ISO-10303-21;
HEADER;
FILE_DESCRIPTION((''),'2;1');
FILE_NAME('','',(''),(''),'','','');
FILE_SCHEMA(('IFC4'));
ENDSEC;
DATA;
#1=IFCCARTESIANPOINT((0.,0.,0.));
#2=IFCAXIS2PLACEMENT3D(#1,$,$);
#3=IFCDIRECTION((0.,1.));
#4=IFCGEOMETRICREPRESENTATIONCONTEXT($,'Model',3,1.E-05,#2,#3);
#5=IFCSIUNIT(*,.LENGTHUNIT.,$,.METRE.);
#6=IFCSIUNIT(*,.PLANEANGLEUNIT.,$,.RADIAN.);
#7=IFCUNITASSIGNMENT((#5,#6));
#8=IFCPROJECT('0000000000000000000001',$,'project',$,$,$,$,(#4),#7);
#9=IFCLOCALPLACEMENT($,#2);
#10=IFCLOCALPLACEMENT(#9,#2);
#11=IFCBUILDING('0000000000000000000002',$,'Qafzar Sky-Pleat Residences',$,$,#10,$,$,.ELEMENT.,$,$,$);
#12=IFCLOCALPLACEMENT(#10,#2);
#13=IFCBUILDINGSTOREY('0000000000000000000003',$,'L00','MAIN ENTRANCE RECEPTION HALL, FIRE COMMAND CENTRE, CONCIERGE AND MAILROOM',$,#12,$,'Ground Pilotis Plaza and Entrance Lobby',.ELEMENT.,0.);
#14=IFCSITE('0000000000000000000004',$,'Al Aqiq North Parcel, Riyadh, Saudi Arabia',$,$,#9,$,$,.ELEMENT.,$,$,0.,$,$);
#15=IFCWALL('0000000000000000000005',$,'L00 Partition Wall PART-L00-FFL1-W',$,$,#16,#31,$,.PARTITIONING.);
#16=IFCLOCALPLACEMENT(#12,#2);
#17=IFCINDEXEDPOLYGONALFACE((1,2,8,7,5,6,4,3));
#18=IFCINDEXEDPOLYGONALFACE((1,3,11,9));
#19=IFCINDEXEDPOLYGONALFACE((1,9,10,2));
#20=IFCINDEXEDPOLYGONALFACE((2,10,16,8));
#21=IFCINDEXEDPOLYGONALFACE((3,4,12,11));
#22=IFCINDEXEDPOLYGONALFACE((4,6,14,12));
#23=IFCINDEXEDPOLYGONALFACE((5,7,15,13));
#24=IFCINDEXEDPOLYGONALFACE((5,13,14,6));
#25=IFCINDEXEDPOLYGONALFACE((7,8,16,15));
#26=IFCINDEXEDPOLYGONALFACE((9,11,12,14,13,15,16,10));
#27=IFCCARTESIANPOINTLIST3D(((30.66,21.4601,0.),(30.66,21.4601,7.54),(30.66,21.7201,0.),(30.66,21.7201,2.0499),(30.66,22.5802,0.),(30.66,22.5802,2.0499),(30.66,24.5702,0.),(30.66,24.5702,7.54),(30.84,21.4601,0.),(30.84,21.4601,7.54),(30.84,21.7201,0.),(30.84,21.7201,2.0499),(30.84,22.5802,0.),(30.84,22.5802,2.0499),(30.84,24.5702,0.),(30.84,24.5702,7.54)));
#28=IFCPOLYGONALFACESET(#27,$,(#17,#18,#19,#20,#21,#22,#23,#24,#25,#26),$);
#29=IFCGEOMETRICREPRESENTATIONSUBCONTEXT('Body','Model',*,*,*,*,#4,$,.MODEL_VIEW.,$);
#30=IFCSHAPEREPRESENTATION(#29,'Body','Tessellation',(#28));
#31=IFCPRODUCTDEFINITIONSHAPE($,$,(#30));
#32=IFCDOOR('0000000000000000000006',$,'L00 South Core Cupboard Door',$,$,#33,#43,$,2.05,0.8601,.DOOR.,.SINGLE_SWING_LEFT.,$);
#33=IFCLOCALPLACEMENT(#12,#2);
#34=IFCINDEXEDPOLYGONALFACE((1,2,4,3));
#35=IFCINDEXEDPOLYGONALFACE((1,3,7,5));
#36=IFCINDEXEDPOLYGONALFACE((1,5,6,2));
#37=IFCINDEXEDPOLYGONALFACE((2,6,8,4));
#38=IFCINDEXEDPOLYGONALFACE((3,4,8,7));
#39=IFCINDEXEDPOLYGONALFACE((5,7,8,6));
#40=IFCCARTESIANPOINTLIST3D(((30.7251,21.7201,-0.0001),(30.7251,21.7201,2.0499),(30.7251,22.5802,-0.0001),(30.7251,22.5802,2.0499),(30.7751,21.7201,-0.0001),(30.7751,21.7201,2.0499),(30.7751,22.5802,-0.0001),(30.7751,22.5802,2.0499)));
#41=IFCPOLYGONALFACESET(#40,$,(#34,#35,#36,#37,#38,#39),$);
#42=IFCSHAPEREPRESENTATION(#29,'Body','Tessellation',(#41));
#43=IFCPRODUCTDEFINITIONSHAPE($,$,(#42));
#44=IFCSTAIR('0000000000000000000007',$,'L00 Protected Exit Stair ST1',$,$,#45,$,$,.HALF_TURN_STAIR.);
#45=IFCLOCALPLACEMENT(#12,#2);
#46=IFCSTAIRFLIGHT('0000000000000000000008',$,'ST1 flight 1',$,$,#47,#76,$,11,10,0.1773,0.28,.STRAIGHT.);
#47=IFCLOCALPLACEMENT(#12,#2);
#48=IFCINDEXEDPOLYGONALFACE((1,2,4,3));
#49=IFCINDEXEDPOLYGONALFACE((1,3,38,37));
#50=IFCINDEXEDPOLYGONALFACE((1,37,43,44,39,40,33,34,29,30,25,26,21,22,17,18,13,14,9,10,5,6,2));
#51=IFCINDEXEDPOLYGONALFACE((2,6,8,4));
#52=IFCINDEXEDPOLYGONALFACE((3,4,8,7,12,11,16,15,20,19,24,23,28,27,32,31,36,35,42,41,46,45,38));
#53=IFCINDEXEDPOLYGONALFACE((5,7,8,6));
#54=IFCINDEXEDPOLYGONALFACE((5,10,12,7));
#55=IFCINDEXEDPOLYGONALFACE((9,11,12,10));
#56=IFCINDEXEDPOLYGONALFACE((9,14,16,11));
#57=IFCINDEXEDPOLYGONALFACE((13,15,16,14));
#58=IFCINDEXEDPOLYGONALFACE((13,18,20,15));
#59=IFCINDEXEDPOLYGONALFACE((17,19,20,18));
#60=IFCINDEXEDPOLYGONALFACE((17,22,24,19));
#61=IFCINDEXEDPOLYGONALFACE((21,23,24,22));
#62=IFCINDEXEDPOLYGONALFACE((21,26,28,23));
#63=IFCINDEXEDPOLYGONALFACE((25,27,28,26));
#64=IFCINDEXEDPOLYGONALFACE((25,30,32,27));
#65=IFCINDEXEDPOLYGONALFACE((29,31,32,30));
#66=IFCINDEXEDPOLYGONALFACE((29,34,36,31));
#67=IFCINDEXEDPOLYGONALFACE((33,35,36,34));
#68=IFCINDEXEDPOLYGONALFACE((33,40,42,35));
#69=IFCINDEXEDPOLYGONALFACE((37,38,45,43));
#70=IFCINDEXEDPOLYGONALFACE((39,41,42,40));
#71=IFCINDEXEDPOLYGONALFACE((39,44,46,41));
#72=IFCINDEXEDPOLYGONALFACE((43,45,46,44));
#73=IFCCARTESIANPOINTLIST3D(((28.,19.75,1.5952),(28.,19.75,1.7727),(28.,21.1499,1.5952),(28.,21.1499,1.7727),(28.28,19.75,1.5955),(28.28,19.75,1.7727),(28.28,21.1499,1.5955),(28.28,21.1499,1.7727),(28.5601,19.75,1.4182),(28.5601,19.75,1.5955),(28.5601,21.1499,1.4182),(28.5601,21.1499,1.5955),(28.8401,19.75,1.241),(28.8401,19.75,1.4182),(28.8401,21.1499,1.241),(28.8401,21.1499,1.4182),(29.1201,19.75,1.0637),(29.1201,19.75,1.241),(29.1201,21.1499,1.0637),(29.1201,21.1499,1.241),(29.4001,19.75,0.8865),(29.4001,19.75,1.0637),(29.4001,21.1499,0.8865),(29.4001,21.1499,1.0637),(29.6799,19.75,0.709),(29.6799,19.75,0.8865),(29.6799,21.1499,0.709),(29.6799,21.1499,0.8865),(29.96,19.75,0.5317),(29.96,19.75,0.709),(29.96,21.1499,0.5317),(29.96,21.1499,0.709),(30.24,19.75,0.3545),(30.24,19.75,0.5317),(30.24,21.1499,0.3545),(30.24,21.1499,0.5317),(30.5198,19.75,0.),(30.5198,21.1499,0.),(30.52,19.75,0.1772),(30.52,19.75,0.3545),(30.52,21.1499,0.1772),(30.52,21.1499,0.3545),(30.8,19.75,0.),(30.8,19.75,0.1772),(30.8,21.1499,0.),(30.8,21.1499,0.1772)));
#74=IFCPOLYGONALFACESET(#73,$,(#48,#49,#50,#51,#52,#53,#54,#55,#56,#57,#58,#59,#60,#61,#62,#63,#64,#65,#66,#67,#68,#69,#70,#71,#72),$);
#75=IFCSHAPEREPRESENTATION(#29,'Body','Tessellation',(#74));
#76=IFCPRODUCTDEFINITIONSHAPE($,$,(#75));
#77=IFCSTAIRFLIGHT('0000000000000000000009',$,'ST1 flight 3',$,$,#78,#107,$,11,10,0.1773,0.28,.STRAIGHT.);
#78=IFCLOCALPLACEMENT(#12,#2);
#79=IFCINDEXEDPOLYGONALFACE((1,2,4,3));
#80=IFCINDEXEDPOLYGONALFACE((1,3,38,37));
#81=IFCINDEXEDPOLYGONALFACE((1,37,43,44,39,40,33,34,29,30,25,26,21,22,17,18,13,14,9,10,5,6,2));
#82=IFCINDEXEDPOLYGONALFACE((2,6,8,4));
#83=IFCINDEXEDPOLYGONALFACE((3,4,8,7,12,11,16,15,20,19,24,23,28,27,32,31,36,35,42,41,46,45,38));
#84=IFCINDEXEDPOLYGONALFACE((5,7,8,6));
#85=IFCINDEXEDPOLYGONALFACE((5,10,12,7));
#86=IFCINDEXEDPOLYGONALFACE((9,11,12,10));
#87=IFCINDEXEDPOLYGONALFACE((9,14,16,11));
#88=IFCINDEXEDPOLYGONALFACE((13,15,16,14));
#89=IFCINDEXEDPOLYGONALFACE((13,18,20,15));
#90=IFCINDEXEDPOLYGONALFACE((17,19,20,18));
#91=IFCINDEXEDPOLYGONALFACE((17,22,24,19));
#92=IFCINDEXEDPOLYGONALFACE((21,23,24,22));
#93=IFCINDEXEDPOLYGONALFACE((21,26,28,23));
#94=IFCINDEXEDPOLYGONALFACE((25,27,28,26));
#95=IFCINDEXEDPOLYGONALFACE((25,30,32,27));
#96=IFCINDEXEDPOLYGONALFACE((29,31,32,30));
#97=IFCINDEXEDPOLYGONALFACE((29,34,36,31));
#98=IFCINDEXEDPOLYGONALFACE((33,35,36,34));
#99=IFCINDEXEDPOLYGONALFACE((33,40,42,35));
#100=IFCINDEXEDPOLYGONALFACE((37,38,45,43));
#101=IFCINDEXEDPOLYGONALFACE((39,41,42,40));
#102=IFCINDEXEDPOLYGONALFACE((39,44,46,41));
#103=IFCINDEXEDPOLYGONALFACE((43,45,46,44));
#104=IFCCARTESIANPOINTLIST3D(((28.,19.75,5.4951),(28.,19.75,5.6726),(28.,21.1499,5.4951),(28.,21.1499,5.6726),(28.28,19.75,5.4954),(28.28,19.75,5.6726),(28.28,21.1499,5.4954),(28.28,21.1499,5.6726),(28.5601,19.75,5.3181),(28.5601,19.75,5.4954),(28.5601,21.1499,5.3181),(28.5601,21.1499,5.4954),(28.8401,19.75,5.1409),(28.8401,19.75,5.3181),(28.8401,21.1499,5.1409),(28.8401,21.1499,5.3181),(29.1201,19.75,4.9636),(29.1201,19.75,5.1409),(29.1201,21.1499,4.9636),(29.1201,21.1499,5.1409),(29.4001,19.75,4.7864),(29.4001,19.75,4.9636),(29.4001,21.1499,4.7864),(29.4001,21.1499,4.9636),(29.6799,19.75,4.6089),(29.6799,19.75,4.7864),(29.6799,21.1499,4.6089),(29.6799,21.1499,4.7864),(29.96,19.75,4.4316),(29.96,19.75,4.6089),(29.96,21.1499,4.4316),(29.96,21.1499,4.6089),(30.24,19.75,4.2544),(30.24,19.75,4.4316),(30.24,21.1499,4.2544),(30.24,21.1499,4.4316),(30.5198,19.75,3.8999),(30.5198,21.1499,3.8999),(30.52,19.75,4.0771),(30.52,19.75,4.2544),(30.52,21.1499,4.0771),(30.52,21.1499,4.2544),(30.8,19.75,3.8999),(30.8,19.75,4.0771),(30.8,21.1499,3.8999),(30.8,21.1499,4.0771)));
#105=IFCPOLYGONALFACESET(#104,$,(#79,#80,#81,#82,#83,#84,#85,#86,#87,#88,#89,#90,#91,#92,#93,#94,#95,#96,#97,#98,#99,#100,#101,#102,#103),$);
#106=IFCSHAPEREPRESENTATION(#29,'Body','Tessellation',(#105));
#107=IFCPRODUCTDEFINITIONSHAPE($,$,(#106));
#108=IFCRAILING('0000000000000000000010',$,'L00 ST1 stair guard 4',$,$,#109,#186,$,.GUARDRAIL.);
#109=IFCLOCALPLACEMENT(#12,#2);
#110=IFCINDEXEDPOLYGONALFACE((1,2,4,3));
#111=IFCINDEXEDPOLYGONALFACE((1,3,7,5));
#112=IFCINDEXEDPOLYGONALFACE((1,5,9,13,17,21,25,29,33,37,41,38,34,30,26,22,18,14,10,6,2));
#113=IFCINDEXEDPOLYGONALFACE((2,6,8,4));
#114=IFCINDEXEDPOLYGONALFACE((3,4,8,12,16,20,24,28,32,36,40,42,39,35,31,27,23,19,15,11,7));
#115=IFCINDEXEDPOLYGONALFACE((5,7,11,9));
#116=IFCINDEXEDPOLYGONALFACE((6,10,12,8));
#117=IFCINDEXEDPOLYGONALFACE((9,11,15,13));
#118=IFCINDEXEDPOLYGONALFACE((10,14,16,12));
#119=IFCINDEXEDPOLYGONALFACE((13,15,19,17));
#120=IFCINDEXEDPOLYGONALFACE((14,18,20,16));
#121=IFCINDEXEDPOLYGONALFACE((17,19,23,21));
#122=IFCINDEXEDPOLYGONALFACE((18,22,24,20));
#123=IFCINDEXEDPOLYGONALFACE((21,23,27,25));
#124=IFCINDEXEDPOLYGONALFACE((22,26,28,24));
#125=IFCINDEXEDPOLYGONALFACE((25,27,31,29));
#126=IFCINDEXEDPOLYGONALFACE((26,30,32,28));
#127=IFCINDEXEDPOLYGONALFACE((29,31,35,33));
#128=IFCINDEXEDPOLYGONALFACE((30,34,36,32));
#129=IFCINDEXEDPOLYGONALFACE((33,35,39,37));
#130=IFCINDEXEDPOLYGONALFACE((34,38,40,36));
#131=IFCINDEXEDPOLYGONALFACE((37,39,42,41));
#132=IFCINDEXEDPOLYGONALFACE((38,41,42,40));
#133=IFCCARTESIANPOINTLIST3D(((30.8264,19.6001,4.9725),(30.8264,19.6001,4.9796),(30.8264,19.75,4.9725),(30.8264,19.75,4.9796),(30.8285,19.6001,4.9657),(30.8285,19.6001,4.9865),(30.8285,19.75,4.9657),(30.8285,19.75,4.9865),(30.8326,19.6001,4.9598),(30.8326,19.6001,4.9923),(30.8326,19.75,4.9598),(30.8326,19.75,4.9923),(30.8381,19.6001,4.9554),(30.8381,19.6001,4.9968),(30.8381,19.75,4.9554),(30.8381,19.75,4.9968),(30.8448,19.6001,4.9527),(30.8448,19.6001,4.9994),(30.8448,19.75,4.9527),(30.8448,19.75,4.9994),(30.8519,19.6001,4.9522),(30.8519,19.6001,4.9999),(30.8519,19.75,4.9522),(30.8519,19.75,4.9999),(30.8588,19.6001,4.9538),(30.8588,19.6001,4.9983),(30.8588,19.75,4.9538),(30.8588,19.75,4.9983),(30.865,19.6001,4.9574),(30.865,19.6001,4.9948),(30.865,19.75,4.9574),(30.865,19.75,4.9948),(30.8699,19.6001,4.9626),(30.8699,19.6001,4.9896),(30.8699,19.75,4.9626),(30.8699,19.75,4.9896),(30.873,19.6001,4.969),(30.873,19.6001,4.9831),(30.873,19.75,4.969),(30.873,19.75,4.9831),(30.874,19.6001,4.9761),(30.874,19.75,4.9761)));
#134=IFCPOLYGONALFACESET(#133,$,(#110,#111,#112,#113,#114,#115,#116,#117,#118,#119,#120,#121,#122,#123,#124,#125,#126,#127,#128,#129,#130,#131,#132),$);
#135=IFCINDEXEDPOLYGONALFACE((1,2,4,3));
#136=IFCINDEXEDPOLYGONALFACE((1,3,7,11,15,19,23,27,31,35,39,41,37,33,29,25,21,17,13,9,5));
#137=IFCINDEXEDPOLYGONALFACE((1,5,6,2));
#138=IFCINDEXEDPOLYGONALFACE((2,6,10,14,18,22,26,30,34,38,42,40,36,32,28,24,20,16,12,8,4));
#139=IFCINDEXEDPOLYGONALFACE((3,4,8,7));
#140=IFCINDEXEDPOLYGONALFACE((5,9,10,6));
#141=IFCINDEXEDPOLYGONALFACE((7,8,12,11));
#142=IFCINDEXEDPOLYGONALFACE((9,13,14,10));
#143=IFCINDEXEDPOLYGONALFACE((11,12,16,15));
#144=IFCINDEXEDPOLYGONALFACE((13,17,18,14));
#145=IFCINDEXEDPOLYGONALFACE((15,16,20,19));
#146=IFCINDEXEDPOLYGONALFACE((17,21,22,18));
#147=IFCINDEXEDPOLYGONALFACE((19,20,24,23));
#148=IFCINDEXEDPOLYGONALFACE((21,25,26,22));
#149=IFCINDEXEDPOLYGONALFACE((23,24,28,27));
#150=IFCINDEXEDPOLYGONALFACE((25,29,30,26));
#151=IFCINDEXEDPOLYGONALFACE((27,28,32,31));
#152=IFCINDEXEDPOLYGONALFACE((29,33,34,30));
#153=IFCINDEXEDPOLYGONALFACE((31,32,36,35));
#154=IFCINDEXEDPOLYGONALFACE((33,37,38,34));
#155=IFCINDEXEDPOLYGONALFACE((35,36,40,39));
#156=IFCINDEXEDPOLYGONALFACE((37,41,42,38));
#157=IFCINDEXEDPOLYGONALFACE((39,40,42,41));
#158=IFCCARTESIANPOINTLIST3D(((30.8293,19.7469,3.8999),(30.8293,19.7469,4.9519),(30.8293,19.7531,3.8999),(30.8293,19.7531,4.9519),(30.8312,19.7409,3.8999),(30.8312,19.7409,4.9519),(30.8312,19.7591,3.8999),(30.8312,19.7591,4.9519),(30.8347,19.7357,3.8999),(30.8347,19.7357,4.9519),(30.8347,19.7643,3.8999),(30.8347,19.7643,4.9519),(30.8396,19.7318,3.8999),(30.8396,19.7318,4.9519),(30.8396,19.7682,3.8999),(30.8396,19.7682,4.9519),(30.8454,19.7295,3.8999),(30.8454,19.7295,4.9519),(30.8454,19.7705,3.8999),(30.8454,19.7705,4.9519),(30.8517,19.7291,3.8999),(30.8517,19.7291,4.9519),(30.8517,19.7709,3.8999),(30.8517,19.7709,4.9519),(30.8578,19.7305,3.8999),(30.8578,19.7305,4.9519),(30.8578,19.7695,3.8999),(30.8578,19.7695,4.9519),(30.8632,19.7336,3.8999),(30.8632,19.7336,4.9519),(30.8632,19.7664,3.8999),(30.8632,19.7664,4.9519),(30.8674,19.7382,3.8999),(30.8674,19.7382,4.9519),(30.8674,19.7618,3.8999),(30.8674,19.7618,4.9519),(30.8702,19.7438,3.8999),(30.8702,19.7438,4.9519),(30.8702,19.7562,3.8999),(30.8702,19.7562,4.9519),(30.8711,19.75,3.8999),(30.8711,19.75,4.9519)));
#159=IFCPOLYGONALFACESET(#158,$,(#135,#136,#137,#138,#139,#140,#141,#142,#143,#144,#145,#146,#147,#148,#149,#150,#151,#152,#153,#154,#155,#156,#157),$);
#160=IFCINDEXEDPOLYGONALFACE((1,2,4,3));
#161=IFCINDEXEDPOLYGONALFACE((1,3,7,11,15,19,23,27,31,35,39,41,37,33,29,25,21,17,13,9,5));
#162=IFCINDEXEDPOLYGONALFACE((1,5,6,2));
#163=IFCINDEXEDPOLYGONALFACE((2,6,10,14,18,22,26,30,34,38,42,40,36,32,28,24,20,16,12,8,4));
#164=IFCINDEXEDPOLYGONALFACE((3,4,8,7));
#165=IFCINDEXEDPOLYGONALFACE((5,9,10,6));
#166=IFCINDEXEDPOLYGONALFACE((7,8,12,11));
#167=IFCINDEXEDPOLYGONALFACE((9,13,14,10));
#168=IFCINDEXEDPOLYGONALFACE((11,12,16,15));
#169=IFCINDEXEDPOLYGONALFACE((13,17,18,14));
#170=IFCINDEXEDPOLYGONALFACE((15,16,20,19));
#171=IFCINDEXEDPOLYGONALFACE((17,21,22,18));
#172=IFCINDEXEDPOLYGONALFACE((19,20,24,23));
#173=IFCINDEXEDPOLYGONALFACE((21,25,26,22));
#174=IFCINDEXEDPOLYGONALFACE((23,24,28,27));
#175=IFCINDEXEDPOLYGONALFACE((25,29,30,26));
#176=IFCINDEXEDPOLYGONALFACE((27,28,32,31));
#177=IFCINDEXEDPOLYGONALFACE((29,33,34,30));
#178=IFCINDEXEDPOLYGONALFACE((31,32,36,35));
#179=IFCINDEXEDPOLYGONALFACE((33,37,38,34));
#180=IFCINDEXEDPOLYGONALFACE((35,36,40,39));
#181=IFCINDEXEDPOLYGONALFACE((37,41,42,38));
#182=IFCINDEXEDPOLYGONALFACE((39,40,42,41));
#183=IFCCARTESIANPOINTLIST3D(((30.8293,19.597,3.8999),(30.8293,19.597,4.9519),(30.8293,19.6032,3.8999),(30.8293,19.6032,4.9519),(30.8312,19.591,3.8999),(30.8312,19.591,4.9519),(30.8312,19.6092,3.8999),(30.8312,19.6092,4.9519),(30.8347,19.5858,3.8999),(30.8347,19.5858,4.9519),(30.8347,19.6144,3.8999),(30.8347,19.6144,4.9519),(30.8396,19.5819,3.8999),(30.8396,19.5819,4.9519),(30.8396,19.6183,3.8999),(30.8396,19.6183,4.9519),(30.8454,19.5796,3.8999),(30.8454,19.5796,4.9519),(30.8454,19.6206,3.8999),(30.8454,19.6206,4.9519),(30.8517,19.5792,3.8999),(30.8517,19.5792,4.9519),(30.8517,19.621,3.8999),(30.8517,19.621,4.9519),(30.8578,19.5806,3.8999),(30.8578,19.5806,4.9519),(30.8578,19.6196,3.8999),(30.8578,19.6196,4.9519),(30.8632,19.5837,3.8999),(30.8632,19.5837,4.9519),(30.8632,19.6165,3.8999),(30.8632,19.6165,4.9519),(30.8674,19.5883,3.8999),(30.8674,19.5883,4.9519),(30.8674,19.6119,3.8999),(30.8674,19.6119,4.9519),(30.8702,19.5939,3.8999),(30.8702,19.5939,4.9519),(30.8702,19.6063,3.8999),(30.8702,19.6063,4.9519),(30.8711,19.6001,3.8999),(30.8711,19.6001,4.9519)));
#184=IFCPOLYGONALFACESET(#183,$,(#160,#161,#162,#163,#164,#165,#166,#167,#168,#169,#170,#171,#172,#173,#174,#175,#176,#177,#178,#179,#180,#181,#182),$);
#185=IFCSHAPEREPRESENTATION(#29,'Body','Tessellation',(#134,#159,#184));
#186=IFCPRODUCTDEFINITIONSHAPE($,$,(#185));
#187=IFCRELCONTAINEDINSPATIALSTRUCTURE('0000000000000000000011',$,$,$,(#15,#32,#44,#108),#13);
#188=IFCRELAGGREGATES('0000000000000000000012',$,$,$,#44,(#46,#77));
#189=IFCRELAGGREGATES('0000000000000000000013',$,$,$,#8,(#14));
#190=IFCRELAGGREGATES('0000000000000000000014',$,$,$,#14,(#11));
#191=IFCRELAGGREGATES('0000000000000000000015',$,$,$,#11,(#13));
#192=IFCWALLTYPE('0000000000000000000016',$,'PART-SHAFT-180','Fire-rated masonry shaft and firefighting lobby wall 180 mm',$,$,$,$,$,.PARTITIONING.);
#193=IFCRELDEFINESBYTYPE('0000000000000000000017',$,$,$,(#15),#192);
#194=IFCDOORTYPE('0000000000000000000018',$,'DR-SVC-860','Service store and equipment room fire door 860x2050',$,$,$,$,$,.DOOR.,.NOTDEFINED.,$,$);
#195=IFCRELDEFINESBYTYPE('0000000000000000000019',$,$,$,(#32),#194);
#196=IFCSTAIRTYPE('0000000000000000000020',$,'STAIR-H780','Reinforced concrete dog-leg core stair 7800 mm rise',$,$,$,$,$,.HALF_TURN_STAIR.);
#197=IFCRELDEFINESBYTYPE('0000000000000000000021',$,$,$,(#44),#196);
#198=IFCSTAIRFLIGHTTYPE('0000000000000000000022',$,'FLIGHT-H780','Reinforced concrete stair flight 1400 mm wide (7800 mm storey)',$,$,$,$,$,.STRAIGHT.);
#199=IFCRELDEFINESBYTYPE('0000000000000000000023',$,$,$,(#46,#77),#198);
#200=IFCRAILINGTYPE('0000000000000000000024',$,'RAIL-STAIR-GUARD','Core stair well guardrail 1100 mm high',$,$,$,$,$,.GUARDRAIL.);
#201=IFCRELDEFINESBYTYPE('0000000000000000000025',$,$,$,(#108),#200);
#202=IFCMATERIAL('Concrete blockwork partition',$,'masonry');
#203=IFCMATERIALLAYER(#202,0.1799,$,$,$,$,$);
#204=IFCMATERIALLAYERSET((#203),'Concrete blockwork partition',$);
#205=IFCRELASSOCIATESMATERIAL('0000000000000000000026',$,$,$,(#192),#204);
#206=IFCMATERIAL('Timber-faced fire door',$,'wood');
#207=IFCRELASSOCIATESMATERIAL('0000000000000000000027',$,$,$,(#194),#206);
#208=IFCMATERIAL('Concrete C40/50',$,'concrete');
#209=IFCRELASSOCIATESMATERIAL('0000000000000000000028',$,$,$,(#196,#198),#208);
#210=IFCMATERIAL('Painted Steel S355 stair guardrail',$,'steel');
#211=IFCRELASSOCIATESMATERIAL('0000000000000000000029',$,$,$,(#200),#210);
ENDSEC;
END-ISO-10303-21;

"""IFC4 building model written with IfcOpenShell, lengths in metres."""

from ifc_helpers import new_model, si_unit, direction, frame, frame_2d, origin, origin_2d, place, context, subcontext, project, spatial, polyline, rectangle, circle, outline, extrude, source, transform, mapped, material, layer, layer_set, type_object, element, fill, aggregate, save


model = new_model("IFC4")

# Units and contexts
model_context = context("Model", 3, precision=1e-05, world=origin(), true_north=direction((0.0, 1.0)))
body_context = subcontext(model_context, "Body", "Model", "MODEL_VIEW")
ifc_project = project(units=[si_unit("LENGTHUNIT", "METRE"), si_unit("PLANEANGLEUNIT", "RADIAN")], contexts=[model_context])

# Site, building, storey
site_placement = place(None, origin())
site = spatial("IfcSite", under=ifc_project, at=site_placement, Name="Al Aqiq North Parcel, Riyadh, Saudi Arabia", CompositionType="ELEMENT", RefElevation=0.0)
building_placement = place(site_placement, origin())
building = spatial("IfcBuilding", under=site, at=building_placement, Name="Qafzar Sky-Pleat Residences", CompositionType="ELEMENT")
storey_placement = place(building_placement, origin())
storey = spatial("IfcBuildingStorey", under=building, at=storey_placement, Name="L00", Description="MAIN ENTRANCE RECEPTION HALL, FIRE COMMAND CENTRE, CONCIERGE AND MAILROOM", LongName="Ground Pilotis Plaza and Entrance Lobby", CompositionType="ELEMENT", Elevation=0.0)

# Wall, opening, door
ifc_material_1 = material(Name="Concrete blockwork partition", Category="masonry")
ifc_layer_1 = layer(ifc_material_1, 0.1799)
ifc_layer_set_1 = layer_set([ifc_layer_1], Name="Concrete blockwork partition")
wall_type = type_object("IfcWallType", Name="PART-SHAFT-180", Description="Fire-rated masonry shaft and firefighting lobby wall 180 mm", PredefinedType="PARTITIONING", material=ifc_layer_set_1)
wall_placement = place(storey_placement, frame((30.75, 21.46, 0.0), z_axis=(0.0, 0.0, 1.0), x_axis=(0.0, 1.0, 0.0)))
wall = element("IfcWall", 1, at=wall_placement, inside=storey, type_object=wall_type, Name="L00 Partition Wall PART-L00-FFL1-W", PredefinedType="PARTITIONING", context=body_context, shape_type="SweptSolid", body=[
    extrude(rectangle(XDim=3.1101, YDim=0.1799, at=frame_2d((1.5552, 0.0))), origin(), (0.0, 0.0, 1.0), 7.54),
])
opening_placement = place(wall_placement, frame((0.26, 0.0, 0.0)))
opening = element("IfcOpeningElement", 2, at=opening_placement, cuts=wall, PredefinedType="OPENING", context=body_context, shape_type="SweptSolid", body=[
    extrude(rectangle(XDim=0.8601, YDim=2.05, at=frame_2d((0.4302, 1.0249))), frame((0.0, 0.1001, 0.0), z_axis=(0.0, -1.0, 0.0), x_axis=(1.0, 0.0, 0.0)), (0.0, 0.0, 1.0), 0.2),
])
ifc_material_2 = material(Name="Timber-faced fire door", Category="wood")
door_type = type_object("IfcDoorType", Name="DR-SVC-860", Description="Service store and equipment room fire door 860x2050", OperationType="NOTDEFINED", PredefinedType="DOOR", material=ifc_material_2)
shared_shape_1 = source(origin(), body_context, "Body", "SweptSolid", [
    extrude(rectangle(XDim=0.8601, YDim=2.05, at=frame_2d((0.4302, 1.0249))), frame((0.0, 0.0249, 0.0), z_axis=(0.0, -1.0, 0.0), x_axis=(1.0, 0.0, 0.0)), (0.0, 0.0, 1.0), 0.05),
])
door_placement = place(opening_placement, origin())
door = element("IfcDoor", 3, at=door_placement, inside=storey, type_object=door_type, Name="L00 South Core Cupboard Door", OperationType="SINGLE_SWING_LEFT", OverallHeight=2.05, OverallWidth=0.8601, PredefinedType="DOOR", context=body_context, shape_type="MappedRepresentation", body=[
    mapped(shared_shape_1, transform((0.0, 0.0, 0.0), x_axis=(1.0, 0.0, 0.0), y_axis=(0.0, 1.0, 0.0), z_axis=(0.0, 0.0, 1.0), scale=1.0)),
])
fill(opening, door)

# Stair, stair flights
ifc_material_3 = material(Name="Concrete C40/50", Category="concrete")
stair_type = type_object("IfcStairType", Name="STAIR-H780", Description="Reinforced concrete dog-leg core stair 7800 mm rise", PredefinedType="HALF_TURN_STAIR", material=ifc_material_3)
stair_placement = place(storey_placement, origin())
stair = element("IfcStair", 4, at=stair_placement, inside=storey, type_object=stair_type, Name="L00 Protected Exit Stair ST1", PredefinedType="HALF_TURN_STAIR")
stair_flight_type = type_object("IfcStairFlightType", Name="FLIGHT-H780", Description="Reinforced concrete stair flight 1400 mm wide (7800 mm storey)", PredefinedType="STRAIGHT", material=ifc_material_3)
shared_shape_2 = source(origin(), body_context, "Body", "SweptSolid", [
    extrude(outline(polyline([(0.0, 0.0), (0.0, 0.1772), (0.28, 0.1772), (0.28, 0.3545), (0.5601, 0.3545), (0.5601, 0.5317), (0.8401, 0.5317), (0.8401, 0.709), (1.1201, 0.709), (1.1201, 0.8865), (1.3999, 0.8865), (1.3999, 1.0637), (1.6799, 1.0637), (1.6799, 1.241), (1.96, 1.241), (1.96, 1.4182), (2.24, 1.4182), (2.24, 1.5955), (2.52, 1.5955), (2.52, 1.7727), (2.8, 1.7727), (2.8, 1.95), (2.8, 1.5952), (0.2803, 0.0), (0.0, 0.0)])), frame((0.0, 0.7, 0.0), z_axis=(0.0, -1.0, 0.0), x_axis=(1.0, 0.0, 0.0)), (0.0, 0.0, 1.0), 1.3999),
])
stair_flight_1_placement = place(storey_placement, frame((30.8, 20.45, 0.0), z_axis=(0.0, 0.0, 1.0), x_axis=(-1.0, 0.0, 0.0)))
stair_flight_1 = element("IfcStairFlight", 5, at=stair_flight_1_placement, type_object=stair_flight_type, Name="ST1 flight 1", NumberOfRisers=11, NumberOfTreads=10, PredefinedType="STRAIGHT", RiserHeight=0.1773, TreadLength=0.28, context=body_context, shape_type="MappedRepresentation", body=[
    mapped(shared_shape_2, transform((0.0, 0.0, 0.0), x_axis=(1.0, 0.0, 0.0), y_axis=(0.0, 1.0, 0.0), z_axis=(0.0, 0.0, 1.0), scale=1.0)),
])
stair_flight_2_placement = place(storey_placement, frame((30.8, 20.45, 3.8999), z_axis=(0.0, 0.0, 1.0), x_axis=(-1.0, 0.0, 0.0)))
stair_flight_2 = element("IfcStairFlight", 6, at=stair_flight_2_placement, type_object=stair_flight_type, Name="ST1 flight 3", NumberOfRisers=11, NumberOfTreads=10, PredefinedType="STRAIGHT", RiserHeight=0.1773, TreadLength=0.28, context=body_context, shape_type="MappedRepresentation", body=[
    mapped(shared_shape_2, transform((0.0, 0.0, 0.0), x_axis=(1.0, 0.0, 0.0), y_axis=(0.0, 1.0, 0.0), z_axis=(0.0, 0.0, 1.0), scale=1.0)),
])
aggregate(stair, [stair_flight_1, stair_flight_2])

# Railing
ifc_material_4 = material(Name="Painted Steel S355 stair guardrail", Category="steel")
railing_type_1 = type_object("IfcRailingType", Name="RAIL-STAIR-GUARD", Description="Core stair well guardrail 1100 mm high", PredefinedType="GUARDRAIL", material=ifc_material_4)
shared_shape_3 = source(origin(), body_context, "Body", "SweptSolid", [
    extrude(circle(Radius=0.0239, at=origin_2d()), frame((0.0, 0.0, 1.0762), z_axis=(0.0, -1.0, 0.0), x_axis=(1.0, 0.0, 0.0)), (0.0, 0.0, 1.0), 0.1499),
    extrude(circle(Radius=0.021, at=origin_2d()), origin(), (0.0, 0.0, 1.0), 1.052),
    extrude(circle(Radius=0.021, at=origin_2d()), frame((0.0, -0.1499, 0.0)), (0.0, 0.0, 1.0), 1.052),
])
for number, where, name in (
    (7, (30.8501, 19.75, 3.8999), "L00 ST1 stair guard 4"),
):
    element("IfcRailing", number, at=place(storey_placement, frame(where)), inside=storey, type_object=railing_type_1, Name=name, PredefinedType="GUARDRAIL", context=body_context, shape_type="MappedRepresentation", body=[
        mapped(shared_shape_3, transform((0.0, 0.0, 0.0), x_axis=(1.0, 0.0, 0.0), y_axis=(0.0, 1.0, 0.0), z_axis=(0.0, 0.0, 1.0), scale=1.0)),
    ])

save(model, "model.ifc")
